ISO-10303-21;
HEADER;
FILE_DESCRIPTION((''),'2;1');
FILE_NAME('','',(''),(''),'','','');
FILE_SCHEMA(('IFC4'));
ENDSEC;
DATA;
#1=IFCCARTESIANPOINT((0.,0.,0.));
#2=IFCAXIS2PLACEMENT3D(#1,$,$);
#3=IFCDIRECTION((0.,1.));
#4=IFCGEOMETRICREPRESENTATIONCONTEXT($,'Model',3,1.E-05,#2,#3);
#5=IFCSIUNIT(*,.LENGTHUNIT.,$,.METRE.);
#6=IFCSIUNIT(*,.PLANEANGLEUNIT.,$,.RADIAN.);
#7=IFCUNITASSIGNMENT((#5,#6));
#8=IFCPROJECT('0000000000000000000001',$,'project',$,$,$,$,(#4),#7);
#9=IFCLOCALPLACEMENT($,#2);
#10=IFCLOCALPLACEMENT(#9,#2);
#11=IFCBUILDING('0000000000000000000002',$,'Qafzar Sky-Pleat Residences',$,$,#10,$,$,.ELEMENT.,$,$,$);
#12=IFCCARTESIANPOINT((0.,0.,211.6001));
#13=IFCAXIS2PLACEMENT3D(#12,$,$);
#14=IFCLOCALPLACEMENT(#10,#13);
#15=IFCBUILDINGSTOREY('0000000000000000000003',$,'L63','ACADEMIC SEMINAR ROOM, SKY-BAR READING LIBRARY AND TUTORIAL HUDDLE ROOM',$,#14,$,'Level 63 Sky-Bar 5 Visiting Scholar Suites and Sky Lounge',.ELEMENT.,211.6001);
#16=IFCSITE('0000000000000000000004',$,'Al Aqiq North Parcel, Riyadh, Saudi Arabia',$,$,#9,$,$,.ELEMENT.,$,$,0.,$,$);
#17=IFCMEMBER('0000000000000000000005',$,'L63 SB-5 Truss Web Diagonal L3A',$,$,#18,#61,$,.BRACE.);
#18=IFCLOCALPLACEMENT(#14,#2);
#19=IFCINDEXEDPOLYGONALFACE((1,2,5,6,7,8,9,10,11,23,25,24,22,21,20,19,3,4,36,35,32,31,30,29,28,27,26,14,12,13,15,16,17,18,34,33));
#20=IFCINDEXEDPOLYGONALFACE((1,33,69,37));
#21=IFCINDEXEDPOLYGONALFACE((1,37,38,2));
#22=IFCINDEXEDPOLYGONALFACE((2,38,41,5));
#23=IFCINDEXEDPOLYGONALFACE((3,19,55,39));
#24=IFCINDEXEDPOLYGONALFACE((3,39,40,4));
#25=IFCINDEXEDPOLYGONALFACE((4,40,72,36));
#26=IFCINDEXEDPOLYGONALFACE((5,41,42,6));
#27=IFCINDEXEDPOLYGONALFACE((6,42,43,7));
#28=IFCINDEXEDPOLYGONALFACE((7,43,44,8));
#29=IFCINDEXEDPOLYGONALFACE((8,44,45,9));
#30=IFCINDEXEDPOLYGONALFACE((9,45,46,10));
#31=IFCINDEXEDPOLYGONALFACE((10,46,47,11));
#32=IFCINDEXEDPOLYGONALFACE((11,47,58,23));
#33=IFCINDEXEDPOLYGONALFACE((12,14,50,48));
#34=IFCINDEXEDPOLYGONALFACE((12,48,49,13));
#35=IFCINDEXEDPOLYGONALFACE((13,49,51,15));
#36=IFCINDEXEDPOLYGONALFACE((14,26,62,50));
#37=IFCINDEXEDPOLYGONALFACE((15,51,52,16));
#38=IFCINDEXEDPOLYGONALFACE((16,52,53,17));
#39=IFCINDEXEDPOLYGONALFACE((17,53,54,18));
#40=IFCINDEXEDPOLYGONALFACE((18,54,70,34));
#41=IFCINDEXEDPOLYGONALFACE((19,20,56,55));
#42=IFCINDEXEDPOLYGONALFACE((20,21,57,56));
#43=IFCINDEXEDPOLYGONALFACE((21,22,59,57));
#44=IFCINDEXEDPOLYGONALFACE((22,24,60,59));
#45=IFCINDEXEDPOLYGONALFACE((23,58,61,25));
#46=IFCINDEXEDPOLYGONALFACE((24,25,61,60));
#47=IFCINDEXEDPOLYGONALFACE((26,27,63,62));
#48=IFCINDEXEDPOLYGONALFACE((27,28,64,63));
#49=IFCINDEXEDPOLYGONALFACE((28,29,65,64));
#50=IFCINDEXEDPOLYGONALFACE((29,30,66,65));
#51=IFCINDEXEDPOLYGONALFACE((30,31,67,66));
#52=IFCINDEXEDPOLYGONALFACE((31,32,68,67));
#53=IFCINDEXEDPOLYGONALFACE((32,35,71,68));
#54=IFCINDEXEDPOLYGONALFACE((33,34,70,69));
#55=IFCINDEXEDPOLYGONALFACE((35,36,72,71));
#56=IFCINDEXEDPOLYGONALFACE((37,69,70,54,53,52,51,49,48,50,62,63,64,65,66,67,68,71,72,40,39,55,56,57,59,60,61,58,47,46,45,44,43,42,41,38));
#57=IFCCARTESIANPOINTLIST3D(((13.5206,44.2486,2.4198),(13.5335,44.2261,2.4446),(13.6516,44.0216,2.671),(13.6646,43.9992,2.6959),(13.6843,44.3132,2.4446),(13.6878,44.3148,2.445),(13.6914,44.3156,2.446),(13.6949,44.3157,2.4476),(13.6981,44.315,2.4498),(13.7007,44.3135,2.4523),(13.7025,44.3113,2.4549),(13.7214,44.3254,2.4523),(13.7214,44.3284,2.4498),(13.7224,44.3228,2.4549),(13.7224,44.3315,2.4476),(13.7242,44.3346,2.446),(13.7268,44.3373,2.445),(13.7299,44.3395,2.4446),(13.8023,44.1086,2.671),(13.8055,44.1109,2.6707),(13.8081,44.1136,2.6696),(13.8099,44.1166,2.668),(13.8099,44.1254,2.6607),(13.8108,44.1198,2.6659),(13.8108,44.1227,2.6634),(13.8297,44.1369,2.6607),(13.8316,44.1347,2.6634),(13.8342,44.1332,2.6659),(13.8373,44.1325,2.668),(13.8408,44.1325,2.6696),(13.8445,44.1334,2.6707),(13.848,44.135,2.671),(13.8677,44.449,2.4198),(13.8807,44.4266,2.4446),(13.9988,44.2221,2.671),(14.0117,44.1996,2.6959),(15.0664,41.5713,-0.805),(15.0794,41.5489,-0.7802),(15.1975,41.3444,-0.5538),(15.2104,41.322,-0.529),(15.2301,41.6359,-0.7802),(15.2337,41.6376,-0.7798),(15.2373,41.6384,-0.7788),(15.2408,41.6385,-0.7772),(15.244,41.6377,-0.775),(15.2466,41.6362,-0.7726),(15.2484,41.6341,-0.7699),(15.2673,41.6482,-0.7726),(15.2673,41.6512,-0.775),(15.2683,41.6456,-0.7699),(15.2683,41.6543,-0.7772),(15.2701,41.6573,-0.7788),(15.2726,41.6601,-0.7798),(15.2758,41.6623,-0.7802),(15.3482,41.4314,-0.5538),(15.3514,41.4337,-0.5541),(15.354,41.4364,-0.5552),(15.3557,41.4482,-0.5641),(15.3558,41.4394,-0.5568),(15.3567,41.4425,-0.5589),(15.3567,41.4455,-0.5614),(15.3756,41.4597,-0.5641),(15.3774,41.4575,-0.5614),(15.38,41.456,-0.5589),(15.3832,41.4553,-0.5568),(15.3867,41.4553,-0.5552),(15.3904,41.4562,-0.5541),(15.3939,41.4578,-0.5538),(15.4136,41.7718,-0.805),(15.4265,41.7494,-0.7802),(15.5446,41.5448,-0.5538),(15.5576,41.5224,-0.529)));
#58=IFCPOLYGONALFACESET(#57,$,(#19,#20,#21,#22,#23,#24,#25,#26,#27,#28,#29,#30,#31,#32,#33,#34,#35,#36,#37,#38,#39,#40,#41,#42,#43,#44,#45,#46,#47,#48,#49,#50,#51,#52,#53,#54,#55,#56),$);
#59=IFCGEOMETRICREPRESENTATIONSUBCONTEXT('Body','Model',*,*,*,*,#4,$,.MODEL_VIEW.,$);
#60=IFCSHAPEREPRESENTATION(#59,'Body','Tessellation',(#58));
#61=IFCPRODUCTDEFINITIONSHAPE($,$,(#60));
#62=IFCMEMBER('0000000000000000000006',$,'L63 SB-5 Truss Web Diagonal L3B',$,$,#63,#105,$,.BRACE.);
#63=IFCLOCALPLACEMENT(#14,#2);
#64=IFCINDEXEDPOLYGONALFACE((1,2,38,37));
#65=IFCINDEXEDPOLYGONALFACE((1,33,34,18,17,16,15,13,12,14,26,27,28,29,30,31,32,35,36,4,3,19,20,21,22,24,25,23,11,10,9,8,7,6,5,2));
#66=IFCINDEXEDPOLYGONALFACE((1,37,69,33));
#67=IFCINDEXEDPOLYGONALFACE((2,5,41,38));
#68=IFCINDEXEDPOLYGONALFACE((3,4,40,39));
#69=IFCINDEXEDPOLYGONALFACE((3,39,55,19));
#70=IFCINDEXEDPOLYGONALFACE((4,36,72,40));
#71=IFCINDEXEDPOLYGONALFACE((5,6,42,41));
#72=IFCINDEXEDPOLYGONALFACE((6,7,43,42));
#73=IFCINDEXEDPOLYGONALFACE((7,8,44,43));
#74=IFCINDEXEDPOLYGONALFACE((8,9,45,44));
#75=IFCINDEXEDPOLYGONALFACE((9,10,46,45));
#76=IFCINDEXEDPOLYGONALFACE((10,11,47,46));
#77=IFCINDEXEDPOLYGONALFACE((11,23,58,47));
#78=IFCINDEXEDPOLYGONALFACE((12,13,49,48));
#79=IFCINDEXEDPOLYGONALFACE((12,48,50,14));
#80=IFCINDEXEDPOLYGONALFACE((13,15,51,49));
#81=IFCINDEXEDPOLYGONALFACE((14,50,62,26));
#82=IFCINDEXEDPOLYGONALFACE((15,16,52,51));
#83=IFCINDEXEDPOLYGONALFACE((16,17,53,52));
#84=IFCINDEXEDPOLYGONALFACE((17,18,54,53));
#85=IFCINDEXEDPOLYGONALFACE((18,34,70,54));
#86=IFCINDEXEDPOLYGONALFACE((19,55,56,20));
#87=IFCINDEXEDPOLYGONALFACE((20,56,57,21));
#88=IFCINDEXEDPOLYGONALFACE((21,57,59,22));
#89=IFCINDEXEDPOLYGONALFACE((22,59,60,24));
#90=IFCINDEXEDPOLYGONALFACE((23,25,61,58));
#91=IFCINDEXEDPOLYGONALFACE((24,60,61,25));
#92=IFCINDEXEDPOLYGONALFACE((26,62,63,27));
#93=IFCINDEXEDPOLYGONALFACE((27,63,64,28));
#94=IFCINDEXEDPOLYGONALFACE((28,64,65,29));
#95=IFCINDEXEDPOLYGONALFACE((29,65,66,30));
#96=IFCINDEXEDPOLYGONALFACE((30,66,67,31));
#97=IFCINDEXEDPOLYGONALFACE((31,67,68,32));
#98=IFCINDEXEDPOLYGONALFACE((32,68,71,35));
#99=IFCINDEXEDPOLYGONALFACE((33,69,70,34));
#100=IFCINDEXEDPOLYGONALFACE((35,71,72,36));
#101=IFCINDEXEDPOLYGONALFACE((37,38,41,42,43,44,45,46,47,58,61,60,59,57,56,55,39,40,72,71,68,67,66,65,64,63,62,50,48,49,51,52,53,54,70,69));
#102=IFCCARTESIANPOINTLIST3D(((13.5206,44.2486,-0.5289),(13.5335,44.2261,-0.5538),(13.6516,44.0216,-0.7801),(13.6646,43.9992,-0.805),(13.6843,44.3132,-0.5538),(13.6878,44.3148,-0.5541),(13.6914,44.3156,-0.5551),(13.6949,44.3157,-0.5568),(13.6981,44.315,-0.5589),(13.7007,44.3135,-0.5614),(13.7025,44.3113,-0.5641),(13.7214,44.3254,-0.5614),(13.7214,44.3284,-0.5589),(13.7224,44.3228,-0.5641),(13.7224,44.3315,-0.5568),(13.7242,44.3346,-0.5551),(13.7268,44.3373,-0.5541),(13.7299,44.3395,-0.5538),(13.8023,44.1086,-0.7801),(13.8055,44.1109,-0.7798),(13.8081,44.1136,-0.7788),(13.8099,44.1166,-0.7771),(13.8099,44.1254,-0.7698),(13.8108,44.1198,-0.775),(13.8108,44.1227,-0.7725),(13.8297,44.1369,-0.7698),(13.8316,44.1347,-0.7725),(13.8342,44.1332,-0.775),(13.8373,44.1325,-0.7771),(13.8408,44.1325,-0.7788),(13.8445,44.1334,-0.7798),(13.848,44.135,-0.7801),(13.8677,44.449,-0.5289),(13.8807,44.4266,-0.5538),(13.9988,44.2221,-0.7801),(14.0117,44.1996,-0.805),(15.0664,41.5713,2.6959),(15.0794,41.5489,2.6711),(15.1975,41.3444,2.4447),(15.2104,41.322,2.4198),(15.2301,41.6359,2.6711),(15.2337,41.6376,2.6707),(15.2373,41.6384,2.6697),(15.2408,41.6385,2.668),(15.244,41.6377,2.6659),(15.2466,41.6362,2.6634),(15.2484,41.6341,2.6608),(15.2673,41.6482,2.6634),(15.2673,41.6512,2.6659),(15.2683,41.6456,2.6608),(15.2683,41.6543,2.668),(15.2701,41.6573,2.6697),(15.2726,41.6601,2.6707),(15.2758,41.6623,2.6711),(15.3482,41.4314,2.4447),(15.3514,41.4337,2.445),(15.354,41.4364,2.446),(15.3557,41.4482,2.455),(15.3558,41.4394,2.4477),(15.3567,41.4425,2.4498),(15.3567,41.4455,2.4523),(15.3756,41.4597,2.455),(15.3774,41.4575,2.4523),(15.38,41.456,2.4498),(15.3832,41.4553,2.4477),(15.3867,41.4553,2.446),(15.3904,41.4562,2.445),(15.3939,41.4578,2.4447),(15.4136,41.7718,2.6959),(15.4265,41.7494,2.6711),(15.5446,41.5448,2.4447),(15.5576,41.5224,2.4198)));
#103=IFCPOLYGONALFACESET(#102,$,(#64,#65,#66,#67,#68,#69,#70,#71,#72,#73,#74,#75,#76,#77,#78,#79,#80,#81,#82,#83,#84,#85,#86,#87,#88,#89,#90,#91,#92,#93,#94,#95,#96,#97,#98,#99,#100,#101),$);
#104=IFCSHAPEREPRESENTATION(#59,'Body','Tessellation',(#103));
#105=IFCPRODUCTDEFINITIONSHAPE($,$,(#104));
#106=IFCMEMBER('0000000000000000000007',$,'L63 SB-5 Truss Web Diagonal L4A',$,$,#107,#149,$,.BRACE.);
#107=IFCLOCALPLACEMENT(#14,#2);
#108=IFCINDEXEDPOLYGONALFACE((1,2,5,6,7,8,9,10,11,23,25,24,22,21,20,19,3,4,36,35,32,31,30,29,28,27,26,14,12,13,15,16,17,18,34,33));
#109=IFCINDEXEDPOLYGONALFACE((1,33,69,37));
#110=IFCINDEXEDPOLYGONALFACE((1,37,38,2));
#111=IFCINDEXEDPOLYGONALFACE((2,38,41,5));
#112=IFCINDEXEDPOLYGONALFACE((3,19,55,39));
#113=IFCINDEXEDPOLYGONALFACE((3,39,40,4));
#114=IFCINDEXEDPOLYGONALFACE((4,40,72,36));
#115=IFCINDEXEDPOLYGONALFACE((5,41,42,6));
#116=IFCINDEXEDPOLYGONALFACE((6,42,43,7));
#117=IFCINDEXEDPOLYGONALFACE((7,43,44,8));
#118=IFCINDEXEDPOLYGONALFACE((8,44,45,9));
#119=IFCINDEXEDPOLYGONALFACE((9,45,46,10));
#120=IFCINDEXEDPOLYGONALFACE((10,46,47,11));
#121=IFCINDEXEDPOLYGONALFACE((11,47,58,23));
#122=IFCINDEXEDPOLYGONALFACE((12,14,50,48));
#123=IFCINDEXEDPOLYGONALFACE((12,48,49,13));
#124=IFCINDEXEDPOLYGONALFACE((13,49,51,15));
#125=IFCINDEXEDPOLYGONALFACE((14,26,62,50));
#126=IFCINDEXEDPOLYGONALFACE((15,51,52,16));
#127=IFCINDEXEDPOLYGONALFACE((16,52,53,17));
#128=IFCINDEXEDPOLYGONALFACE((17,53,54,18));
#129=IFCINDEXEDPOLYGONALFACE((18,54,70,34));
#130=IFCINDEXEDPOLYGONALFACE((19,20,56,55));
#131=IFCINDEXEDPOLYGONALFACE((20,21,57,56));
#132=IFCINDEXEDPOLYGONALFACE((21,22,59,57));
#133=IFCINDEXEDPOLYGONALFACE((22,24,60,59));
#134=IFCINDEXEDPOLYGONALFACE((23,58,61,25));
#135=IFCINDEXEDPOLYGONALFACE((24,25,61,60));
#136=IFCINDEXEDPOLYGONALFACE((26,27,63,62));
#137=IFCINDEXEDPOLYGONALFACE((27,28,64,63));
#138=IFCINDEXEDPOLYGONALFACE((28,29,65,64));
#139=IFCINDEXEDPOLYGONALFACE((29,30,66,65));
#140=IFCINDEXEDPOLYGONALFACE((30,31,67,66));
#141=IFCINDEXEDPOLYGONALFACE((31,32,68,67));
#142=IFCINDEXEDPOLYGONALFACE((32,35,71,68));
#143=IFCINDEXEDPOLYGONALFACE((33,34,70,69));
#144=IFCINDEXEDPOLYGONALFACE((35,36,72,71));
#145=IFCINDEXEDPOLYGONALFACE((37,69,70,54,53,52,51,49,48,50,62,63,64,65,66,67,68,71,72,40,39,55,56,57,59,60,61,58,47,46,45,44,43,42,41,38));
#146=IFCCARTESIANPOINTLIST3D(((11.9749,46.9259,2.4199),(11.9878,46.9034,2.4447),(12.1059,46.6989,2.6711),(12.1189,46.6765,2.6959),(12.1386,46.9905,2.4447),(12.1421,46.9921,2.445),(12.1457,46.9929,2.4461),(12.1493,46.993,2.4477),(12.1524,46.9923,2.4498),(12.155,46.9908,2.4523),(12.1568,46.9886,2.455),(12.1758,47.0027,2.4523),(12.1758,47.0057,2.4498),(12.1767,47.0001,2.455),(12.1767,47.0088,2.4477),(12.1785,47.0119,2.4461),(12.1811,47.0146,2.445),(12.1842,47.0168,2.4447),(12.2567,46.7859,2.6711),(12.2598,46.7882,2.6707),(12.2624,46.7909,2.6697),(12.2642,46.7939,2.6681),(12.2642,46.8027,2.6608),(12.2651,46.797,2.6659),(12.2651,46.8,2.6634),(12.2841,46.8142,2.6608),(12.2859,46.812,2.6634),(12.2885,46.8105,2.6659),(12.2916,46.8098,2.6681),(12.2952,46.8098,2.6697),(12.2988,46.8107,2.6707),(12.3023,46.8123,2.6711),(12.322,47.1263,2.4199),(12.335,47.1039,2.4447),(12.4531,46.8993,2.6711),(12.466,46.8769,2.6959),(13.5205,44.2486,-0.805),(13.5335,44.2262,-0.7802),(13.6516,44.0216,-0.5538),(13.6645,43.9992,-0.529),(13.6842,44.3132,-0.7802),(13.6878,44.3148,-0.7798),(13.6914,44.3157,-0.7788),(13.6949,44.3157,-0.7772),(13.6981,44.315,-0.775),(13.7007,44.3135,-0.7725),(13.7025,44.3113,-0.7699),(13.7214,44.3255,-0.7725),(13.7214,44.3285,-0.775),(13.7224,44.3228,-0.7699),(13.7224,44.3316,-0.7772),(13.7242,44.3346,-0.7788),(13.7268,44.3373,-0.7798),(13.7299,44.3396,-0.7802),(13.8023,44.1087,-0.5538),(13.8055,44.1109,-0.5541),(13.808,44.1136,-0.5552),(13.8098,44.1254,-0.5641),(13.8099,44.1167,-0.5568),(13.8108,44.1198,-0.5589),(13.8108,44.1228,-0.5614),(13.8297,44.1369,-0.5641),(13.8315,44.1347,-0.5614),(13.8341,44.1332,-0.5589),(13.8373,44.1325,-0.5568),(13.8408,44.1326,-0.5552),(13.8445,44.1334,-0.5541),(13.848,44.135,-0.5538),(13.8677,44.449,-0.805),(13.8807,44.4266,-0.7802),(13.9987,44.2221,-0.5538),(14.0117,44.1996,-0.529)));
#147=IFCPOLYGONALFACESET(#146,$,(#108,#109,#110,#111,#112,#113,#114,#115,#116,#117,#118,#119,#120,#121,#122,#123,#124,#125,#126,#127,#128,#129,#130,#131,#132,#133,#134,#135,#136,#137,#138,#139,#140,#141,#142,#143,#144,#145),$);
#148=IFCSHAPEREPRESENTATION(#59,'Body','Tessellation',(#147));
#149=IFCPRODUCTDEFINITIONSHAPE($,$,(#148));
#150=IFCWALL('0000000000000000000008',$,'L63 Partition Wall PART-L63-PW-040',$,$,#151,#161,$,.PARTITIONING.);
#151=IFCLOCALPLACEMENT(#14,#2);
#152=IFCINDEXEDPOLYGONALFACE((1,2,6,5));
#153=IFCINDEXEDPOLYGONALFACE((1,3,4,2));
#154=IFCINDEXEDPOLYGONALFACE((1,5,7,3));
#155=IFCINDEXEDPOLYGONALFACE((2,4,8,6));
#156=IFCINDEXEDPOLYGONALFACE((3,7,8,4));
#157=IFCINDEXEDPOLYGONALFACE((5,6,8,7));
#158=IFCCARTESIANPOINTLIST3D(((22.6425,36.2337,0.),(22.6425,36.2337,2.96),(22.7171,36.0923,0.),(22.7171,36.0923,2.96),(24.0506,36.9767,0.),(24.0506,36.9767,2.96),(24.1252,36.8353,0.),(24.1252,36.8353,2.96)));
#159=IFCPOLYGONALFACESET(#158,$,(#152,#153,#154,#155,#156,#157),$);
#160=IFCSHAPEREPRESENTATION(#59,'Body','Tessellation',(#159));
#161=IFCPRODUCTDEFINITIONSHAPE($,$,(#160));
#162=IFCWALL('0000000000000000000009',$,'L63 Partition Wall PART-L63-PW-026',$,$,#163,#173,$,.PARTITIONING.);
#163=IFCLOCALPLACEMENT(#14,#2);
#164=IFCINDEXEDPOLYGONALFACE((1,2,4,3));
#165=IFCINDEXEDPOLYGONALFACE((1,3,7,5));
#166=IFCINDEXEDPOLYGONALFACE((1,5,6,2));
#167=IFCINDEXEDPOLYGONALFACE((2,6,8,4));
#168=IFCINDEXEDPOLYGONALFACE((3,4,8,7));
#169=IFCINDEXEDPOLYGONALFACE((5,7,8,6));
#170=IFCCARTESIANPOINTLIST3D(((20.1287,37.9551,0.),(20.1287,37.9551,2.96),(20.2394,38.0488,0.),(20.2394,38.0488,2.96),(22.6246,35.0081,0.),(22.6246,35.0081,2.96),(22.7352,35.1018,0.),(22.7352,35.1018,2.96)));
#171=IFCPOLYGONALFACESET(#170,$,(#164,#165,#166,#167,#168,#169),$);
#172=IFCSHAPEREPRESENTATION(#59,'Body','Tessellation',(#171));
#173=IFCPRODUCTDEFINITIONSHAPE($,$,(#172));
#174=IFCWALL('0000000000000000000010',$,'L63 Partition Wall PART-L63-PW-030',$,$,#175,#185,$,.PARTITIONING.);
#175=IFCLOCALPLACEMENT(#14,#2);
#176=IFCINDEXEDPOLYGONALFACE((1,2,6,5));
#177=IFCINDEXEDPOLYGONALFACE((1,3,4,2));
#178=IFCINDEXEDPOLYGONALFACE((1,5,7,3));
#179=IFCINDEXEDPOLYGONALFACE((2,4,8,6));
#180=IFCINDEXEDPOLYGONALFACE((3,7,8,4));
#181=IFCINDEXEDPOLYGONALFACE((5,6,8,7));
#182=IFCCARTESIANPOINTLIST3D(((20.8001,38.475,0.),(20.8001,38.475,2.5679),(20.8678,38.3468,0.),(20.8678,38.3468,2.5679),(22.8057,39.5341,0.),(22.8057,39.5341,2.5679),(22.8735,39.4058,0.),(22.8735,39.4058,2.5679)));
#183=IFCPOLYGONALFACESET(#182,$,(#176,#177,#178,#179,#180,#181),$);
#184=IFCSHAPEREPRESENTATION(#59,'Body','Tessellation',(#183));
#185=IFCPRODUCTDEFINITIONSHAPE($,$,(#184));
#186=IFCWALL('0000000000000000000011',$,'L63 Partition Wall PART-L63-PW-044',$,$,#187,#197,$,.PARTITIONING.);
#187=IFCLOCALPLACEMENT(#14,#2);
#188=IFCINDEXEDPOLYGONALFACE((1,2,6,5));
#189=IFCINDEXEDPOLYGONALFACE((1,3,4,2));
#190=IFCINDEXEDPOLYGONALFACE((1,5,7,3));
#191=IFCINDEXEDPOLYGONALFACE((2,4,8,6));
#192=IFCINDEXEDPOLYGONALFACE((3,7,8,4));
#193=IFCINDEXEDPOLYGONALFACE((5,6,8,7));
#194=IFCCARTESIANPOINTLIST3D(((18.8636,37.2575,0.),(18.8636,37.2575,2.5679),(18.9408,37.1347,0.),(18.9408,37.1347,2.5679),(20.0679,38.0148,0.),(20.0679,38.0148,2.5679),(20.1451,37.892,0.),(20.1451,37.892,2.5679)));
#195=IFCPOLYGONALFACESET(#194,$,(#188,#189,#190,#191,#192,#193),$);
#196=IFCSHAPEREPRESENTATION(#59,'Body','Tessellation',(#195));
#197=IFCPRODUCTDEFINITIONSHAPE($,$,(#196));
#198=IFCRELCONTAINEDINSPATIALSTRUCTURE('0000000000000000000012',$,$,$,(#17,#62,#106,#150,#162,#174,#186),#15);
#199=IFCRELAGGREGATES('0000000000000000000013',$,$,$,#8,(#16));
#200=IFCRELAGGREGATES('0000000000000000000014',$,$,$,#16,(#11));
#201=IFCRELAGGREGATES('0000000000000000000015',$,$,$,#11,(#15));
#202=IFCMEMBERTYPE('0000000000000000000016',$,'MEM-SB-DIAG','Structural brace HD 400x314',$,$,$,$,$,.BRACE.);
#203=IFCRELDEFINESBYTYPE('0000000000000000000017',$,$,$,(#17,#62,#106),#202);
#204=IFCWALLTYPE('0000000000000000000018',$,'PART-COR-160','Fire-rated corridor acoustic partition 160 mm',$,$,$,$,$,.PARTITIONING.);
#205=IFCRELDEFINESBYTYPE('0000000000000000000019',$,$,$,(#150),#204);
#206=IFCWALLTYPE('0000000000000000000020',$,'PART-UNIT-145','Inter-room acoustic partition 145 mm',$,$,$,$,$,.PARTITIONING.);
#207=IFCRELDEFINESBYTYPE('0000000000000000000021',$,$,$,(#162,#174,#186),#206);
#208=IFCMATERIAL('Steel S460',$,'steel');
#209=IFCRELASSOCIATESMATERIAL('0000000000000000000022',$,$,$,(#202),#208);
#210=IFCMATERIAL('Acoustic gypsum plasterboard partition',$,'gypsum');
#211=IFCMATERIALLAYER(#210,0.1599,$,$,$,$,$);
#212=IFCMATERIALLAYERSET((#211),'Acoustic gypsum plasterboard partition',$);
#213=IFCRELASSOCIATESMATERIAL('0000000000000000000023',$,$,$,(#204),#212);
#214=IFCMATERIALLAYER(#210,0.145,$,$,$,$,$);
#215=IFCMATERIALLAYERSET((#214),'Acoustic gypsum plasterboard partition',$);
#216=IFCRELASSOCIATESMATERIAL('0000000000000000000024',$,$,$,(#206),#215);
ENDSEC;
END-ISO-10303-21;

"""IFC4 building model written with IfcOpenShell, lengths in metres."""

from ifc_helpers import new_model, si_unit, direction, frame, frame_2d, origin, origin_2d, place, context, subcontext, project, spatial, rectangle, i_section, extrude, source, transform, mapped, material, layer, layer_set, material_profile, profile_set, type_object, element, save


model = new_model("IFC4")

# Units and contexts
model_context = context("Model", 3, precision=1e-05, world=origin(), true_north=direction((0.0, 1.0)))
body_context = subcontext(model_context, "Body", "Model", "MODEL_VIEW")
ifc_project = project(units=[si_unit("LENGTHUNIT", "METRE"), si_unit("PLANEANGLEUNIT", "RADIAN")], contexts=[model_context])

# Site, building, storey
site_placement = place(None, origin())
site = spatial("IfcSite", under=ifc_project, at=site_placement, Name="Al Aqiq North Parcel, Riyadh, Saudi Arabia", CompositionType="ELEMENT", RefElevation=0.0)
building_placement = place(site_placement, origin())
building = spatial("IfcBuilding", under=site, at=building_placement, Name="Qafzar Sky-Pleat Residences", CompositionType="ELEMENT")
storey_placement = place(building_placement, frame((0.0, 0.0, 211.6001)))
storey = spatial("IfcBuildingStorey", under=building, at=storey_placement, Name="L63", Description="ACADEMIC SEMINAR ROOM, SKY-BAR READING LIBRARY AND TUTORIAL HUDDLE ROOM", LongName="Level 63 Sky-Bar 5 Visiting Scholar Suites and Sky Lounge", CompositionType="ELEMENT", Elevation=211.6001)

# Shared definitions
ifc_material_1 = material(Name="Steel S460", Category="steel")

# Members
ifc_material_profile_1 = material_profile(ifc_material_1, i_section(OverallWidth=0.4009, OverallDepth=0.3989, WebThickness=0.0229, FlangeThickness=0.0359, FilletRadius=0.0149, at=origin_2d()), Name="HD 400x314")
ifc_profile_set_1 = profile_set([ifc_material_profile_1], Name="Steel S460")
member_type = type_object("IfcMemberType", Name="MEM-SB-DIAG", Description="Structural brace HD 400x314", PredefinedType="BRACE", material=ifc_profile_set_1)
shared_shape_1 = source(origin(), body_context, "Body", "SweptSolid", [
    extrude(i_section(OverallWidth=0.4009, OverallDepth=0.3989, WebThickness=0.0229, FlangeThickness=0.0359, FilletRadius=0.0149, at=origin_2d()), origin(), (0.0, 0.0, 1.0), 4.4673),
])
for number, where, z_axis, x_axis, name in (
    (1, (15.312, 41.5469, -0.667), (-0.346044, 0.599293, 0.721873), (-0.865999, -0.500046, 0.0), "L63 SB-5 Truss Web Diagonal L3A"),
    (2, (15.312, 41.5469, 2.5579), (-0.346044, 0.599293, -0.721873), (-0.865999, -0.500046, 0.0), "L63 SB-5 Truss Web Diagonal L3B"),
    (3, (13.7661, 44.2241, -0.667), (-0.345996, 0.599304, 0.721887), (-0.866033, -0.499987, 0.0), "L63 SB-5 Truss Web Diagonal L4A"),
):
    element("IfcMember", number, at=place(storey_placement, frame(where, z_axis=z_axis, x_axis=x_axis)), inside=storey, type_object=member_type, Name=name, PredefinedType="BRACE", context=body_context, shape_type="MappedRepresentation", body=[
        mapped(shared_shape_1, transform((0.0, 0.0, 0.0), x_axis=(1.0, 0.0, 0.0), y_axis=(0.0, 1.0, 0.0), z_axis=(0.0, 0.0, 1.0), scale=1.0)),
    ])

# Walls
ifc_material_2 = material(Name="Acoustic gypsum plasterboard partition", Category="gypsum")
ifc_layer_1 = layer(ifc_material_2, 0.1599)
ifc_layer_set_1 = layer_set([ifc_layer_1], Name="Acoustic gypsum plasterboard partition")
wall_type_1 = type_object("IfcWallType", Name="PART-COR-160", Description="Fire-rated corridor acoustic partition 160 mm", PredefinedType="PARTITIONING", material=ifc_layer_set_1)
wall_1_placement = place(storey_placement, frame((22.6799, 36.1631, 0.0), z_axis=(0.0, 0.0, 1.0), x_axis=(0.884429, 0.466675, 0.0)))
element("IfcWall", 4, at=wall_1_placement, inside=storey, type_object=wall_type_1, Name="L63 Partition Wall PART-L63-PW-040", PredefinedType="PARTITIONING", context=body_context, shape_type="SweptSolid", body=[
    extrude(rectangle(XDim=1.592, YDim=0.1599, at=frame_2d((0.7959, 0.0))), origin(), (0.0, 0.0, 1.0), 2.96),
])
ifc_layer_2 = layer(ifc_material_2, 0.145)
ifc_layer_set_2 = layer_set([ifc_layer_2], Name="Acoustic gypsum plasterboard partition")
wall_type_2 = type_object("IfcWallType", Name="PART-UNIT-145", Description="Inter-room acoustic partition 145 mm", PredefinedType="PARTITIONING", material=ifc_layer_set_2)
wall_2_placement = place(storey_placement, frame((20.1841, 38.002, 0.0), z_axis=(0.0, 0.0, 1.0), x_axis=(0.646277, -0.763103, 0.0)))
element("IfcWall", 5, at=wall_2_placement, inside=storey, type_object=wall_type_2, Name="L63 Partition Wall PART-L63-PW-026", PredefinedType="PARTITIONING", context=body_context, shape_type="SweptSolid", body=[
    extrude(rectangle(XDim=3.8618, YDim=0.145, at=frame_2d((1.9309, 0.0))), origin(), (0.0, 0.0, 1.0), 2.96),
])
wall_3_placement = place(storey_placement, frame((20.834, 38.4109, 0.0), z_axis=(0.0, 0.0, 1.0), x_axis=(0.884282, 0.466953, 0.0)))
element("IfcWall", 6, at=wall_3_placement, inside=storey, type_object=wall_type_2, Name="L63 Partition Wall PART-L63-PW-030", PredefinedType="PARTITIONING", context=body_context, shape_type="SweptSolid", body=[
    extrude(rectangle(XDim=2.2681, YDim=0.145, at=frame_2d((1.134, 0.0))), origin(), (0.0, 0.0, 1.0), 2.5679),
])
wall_4_placement = place(storey_placement, frame((18.9021, 37.196, 0.0), z_axis=(0.0, 0.0, 1.0), x_axis=(0.846539, 0.532326, 0.0)))
element("IfcWall", 7, at=wall_4_placement, inside=storey, type_object=wall_type_2, Name="L63 Partition Wall PART-L63-PW-044", PredefinedType="PARTITIONING", context=body_context, shape_type="SweptSolid", body=[
    extrude(rectangle(XDim=1.4226, YDim=0.145, at=frame_2d((0.7114, 0.0))), origin(), (0.0, 0.0, 1.0), 2.5679),
])

save(model, "model.ifc")
